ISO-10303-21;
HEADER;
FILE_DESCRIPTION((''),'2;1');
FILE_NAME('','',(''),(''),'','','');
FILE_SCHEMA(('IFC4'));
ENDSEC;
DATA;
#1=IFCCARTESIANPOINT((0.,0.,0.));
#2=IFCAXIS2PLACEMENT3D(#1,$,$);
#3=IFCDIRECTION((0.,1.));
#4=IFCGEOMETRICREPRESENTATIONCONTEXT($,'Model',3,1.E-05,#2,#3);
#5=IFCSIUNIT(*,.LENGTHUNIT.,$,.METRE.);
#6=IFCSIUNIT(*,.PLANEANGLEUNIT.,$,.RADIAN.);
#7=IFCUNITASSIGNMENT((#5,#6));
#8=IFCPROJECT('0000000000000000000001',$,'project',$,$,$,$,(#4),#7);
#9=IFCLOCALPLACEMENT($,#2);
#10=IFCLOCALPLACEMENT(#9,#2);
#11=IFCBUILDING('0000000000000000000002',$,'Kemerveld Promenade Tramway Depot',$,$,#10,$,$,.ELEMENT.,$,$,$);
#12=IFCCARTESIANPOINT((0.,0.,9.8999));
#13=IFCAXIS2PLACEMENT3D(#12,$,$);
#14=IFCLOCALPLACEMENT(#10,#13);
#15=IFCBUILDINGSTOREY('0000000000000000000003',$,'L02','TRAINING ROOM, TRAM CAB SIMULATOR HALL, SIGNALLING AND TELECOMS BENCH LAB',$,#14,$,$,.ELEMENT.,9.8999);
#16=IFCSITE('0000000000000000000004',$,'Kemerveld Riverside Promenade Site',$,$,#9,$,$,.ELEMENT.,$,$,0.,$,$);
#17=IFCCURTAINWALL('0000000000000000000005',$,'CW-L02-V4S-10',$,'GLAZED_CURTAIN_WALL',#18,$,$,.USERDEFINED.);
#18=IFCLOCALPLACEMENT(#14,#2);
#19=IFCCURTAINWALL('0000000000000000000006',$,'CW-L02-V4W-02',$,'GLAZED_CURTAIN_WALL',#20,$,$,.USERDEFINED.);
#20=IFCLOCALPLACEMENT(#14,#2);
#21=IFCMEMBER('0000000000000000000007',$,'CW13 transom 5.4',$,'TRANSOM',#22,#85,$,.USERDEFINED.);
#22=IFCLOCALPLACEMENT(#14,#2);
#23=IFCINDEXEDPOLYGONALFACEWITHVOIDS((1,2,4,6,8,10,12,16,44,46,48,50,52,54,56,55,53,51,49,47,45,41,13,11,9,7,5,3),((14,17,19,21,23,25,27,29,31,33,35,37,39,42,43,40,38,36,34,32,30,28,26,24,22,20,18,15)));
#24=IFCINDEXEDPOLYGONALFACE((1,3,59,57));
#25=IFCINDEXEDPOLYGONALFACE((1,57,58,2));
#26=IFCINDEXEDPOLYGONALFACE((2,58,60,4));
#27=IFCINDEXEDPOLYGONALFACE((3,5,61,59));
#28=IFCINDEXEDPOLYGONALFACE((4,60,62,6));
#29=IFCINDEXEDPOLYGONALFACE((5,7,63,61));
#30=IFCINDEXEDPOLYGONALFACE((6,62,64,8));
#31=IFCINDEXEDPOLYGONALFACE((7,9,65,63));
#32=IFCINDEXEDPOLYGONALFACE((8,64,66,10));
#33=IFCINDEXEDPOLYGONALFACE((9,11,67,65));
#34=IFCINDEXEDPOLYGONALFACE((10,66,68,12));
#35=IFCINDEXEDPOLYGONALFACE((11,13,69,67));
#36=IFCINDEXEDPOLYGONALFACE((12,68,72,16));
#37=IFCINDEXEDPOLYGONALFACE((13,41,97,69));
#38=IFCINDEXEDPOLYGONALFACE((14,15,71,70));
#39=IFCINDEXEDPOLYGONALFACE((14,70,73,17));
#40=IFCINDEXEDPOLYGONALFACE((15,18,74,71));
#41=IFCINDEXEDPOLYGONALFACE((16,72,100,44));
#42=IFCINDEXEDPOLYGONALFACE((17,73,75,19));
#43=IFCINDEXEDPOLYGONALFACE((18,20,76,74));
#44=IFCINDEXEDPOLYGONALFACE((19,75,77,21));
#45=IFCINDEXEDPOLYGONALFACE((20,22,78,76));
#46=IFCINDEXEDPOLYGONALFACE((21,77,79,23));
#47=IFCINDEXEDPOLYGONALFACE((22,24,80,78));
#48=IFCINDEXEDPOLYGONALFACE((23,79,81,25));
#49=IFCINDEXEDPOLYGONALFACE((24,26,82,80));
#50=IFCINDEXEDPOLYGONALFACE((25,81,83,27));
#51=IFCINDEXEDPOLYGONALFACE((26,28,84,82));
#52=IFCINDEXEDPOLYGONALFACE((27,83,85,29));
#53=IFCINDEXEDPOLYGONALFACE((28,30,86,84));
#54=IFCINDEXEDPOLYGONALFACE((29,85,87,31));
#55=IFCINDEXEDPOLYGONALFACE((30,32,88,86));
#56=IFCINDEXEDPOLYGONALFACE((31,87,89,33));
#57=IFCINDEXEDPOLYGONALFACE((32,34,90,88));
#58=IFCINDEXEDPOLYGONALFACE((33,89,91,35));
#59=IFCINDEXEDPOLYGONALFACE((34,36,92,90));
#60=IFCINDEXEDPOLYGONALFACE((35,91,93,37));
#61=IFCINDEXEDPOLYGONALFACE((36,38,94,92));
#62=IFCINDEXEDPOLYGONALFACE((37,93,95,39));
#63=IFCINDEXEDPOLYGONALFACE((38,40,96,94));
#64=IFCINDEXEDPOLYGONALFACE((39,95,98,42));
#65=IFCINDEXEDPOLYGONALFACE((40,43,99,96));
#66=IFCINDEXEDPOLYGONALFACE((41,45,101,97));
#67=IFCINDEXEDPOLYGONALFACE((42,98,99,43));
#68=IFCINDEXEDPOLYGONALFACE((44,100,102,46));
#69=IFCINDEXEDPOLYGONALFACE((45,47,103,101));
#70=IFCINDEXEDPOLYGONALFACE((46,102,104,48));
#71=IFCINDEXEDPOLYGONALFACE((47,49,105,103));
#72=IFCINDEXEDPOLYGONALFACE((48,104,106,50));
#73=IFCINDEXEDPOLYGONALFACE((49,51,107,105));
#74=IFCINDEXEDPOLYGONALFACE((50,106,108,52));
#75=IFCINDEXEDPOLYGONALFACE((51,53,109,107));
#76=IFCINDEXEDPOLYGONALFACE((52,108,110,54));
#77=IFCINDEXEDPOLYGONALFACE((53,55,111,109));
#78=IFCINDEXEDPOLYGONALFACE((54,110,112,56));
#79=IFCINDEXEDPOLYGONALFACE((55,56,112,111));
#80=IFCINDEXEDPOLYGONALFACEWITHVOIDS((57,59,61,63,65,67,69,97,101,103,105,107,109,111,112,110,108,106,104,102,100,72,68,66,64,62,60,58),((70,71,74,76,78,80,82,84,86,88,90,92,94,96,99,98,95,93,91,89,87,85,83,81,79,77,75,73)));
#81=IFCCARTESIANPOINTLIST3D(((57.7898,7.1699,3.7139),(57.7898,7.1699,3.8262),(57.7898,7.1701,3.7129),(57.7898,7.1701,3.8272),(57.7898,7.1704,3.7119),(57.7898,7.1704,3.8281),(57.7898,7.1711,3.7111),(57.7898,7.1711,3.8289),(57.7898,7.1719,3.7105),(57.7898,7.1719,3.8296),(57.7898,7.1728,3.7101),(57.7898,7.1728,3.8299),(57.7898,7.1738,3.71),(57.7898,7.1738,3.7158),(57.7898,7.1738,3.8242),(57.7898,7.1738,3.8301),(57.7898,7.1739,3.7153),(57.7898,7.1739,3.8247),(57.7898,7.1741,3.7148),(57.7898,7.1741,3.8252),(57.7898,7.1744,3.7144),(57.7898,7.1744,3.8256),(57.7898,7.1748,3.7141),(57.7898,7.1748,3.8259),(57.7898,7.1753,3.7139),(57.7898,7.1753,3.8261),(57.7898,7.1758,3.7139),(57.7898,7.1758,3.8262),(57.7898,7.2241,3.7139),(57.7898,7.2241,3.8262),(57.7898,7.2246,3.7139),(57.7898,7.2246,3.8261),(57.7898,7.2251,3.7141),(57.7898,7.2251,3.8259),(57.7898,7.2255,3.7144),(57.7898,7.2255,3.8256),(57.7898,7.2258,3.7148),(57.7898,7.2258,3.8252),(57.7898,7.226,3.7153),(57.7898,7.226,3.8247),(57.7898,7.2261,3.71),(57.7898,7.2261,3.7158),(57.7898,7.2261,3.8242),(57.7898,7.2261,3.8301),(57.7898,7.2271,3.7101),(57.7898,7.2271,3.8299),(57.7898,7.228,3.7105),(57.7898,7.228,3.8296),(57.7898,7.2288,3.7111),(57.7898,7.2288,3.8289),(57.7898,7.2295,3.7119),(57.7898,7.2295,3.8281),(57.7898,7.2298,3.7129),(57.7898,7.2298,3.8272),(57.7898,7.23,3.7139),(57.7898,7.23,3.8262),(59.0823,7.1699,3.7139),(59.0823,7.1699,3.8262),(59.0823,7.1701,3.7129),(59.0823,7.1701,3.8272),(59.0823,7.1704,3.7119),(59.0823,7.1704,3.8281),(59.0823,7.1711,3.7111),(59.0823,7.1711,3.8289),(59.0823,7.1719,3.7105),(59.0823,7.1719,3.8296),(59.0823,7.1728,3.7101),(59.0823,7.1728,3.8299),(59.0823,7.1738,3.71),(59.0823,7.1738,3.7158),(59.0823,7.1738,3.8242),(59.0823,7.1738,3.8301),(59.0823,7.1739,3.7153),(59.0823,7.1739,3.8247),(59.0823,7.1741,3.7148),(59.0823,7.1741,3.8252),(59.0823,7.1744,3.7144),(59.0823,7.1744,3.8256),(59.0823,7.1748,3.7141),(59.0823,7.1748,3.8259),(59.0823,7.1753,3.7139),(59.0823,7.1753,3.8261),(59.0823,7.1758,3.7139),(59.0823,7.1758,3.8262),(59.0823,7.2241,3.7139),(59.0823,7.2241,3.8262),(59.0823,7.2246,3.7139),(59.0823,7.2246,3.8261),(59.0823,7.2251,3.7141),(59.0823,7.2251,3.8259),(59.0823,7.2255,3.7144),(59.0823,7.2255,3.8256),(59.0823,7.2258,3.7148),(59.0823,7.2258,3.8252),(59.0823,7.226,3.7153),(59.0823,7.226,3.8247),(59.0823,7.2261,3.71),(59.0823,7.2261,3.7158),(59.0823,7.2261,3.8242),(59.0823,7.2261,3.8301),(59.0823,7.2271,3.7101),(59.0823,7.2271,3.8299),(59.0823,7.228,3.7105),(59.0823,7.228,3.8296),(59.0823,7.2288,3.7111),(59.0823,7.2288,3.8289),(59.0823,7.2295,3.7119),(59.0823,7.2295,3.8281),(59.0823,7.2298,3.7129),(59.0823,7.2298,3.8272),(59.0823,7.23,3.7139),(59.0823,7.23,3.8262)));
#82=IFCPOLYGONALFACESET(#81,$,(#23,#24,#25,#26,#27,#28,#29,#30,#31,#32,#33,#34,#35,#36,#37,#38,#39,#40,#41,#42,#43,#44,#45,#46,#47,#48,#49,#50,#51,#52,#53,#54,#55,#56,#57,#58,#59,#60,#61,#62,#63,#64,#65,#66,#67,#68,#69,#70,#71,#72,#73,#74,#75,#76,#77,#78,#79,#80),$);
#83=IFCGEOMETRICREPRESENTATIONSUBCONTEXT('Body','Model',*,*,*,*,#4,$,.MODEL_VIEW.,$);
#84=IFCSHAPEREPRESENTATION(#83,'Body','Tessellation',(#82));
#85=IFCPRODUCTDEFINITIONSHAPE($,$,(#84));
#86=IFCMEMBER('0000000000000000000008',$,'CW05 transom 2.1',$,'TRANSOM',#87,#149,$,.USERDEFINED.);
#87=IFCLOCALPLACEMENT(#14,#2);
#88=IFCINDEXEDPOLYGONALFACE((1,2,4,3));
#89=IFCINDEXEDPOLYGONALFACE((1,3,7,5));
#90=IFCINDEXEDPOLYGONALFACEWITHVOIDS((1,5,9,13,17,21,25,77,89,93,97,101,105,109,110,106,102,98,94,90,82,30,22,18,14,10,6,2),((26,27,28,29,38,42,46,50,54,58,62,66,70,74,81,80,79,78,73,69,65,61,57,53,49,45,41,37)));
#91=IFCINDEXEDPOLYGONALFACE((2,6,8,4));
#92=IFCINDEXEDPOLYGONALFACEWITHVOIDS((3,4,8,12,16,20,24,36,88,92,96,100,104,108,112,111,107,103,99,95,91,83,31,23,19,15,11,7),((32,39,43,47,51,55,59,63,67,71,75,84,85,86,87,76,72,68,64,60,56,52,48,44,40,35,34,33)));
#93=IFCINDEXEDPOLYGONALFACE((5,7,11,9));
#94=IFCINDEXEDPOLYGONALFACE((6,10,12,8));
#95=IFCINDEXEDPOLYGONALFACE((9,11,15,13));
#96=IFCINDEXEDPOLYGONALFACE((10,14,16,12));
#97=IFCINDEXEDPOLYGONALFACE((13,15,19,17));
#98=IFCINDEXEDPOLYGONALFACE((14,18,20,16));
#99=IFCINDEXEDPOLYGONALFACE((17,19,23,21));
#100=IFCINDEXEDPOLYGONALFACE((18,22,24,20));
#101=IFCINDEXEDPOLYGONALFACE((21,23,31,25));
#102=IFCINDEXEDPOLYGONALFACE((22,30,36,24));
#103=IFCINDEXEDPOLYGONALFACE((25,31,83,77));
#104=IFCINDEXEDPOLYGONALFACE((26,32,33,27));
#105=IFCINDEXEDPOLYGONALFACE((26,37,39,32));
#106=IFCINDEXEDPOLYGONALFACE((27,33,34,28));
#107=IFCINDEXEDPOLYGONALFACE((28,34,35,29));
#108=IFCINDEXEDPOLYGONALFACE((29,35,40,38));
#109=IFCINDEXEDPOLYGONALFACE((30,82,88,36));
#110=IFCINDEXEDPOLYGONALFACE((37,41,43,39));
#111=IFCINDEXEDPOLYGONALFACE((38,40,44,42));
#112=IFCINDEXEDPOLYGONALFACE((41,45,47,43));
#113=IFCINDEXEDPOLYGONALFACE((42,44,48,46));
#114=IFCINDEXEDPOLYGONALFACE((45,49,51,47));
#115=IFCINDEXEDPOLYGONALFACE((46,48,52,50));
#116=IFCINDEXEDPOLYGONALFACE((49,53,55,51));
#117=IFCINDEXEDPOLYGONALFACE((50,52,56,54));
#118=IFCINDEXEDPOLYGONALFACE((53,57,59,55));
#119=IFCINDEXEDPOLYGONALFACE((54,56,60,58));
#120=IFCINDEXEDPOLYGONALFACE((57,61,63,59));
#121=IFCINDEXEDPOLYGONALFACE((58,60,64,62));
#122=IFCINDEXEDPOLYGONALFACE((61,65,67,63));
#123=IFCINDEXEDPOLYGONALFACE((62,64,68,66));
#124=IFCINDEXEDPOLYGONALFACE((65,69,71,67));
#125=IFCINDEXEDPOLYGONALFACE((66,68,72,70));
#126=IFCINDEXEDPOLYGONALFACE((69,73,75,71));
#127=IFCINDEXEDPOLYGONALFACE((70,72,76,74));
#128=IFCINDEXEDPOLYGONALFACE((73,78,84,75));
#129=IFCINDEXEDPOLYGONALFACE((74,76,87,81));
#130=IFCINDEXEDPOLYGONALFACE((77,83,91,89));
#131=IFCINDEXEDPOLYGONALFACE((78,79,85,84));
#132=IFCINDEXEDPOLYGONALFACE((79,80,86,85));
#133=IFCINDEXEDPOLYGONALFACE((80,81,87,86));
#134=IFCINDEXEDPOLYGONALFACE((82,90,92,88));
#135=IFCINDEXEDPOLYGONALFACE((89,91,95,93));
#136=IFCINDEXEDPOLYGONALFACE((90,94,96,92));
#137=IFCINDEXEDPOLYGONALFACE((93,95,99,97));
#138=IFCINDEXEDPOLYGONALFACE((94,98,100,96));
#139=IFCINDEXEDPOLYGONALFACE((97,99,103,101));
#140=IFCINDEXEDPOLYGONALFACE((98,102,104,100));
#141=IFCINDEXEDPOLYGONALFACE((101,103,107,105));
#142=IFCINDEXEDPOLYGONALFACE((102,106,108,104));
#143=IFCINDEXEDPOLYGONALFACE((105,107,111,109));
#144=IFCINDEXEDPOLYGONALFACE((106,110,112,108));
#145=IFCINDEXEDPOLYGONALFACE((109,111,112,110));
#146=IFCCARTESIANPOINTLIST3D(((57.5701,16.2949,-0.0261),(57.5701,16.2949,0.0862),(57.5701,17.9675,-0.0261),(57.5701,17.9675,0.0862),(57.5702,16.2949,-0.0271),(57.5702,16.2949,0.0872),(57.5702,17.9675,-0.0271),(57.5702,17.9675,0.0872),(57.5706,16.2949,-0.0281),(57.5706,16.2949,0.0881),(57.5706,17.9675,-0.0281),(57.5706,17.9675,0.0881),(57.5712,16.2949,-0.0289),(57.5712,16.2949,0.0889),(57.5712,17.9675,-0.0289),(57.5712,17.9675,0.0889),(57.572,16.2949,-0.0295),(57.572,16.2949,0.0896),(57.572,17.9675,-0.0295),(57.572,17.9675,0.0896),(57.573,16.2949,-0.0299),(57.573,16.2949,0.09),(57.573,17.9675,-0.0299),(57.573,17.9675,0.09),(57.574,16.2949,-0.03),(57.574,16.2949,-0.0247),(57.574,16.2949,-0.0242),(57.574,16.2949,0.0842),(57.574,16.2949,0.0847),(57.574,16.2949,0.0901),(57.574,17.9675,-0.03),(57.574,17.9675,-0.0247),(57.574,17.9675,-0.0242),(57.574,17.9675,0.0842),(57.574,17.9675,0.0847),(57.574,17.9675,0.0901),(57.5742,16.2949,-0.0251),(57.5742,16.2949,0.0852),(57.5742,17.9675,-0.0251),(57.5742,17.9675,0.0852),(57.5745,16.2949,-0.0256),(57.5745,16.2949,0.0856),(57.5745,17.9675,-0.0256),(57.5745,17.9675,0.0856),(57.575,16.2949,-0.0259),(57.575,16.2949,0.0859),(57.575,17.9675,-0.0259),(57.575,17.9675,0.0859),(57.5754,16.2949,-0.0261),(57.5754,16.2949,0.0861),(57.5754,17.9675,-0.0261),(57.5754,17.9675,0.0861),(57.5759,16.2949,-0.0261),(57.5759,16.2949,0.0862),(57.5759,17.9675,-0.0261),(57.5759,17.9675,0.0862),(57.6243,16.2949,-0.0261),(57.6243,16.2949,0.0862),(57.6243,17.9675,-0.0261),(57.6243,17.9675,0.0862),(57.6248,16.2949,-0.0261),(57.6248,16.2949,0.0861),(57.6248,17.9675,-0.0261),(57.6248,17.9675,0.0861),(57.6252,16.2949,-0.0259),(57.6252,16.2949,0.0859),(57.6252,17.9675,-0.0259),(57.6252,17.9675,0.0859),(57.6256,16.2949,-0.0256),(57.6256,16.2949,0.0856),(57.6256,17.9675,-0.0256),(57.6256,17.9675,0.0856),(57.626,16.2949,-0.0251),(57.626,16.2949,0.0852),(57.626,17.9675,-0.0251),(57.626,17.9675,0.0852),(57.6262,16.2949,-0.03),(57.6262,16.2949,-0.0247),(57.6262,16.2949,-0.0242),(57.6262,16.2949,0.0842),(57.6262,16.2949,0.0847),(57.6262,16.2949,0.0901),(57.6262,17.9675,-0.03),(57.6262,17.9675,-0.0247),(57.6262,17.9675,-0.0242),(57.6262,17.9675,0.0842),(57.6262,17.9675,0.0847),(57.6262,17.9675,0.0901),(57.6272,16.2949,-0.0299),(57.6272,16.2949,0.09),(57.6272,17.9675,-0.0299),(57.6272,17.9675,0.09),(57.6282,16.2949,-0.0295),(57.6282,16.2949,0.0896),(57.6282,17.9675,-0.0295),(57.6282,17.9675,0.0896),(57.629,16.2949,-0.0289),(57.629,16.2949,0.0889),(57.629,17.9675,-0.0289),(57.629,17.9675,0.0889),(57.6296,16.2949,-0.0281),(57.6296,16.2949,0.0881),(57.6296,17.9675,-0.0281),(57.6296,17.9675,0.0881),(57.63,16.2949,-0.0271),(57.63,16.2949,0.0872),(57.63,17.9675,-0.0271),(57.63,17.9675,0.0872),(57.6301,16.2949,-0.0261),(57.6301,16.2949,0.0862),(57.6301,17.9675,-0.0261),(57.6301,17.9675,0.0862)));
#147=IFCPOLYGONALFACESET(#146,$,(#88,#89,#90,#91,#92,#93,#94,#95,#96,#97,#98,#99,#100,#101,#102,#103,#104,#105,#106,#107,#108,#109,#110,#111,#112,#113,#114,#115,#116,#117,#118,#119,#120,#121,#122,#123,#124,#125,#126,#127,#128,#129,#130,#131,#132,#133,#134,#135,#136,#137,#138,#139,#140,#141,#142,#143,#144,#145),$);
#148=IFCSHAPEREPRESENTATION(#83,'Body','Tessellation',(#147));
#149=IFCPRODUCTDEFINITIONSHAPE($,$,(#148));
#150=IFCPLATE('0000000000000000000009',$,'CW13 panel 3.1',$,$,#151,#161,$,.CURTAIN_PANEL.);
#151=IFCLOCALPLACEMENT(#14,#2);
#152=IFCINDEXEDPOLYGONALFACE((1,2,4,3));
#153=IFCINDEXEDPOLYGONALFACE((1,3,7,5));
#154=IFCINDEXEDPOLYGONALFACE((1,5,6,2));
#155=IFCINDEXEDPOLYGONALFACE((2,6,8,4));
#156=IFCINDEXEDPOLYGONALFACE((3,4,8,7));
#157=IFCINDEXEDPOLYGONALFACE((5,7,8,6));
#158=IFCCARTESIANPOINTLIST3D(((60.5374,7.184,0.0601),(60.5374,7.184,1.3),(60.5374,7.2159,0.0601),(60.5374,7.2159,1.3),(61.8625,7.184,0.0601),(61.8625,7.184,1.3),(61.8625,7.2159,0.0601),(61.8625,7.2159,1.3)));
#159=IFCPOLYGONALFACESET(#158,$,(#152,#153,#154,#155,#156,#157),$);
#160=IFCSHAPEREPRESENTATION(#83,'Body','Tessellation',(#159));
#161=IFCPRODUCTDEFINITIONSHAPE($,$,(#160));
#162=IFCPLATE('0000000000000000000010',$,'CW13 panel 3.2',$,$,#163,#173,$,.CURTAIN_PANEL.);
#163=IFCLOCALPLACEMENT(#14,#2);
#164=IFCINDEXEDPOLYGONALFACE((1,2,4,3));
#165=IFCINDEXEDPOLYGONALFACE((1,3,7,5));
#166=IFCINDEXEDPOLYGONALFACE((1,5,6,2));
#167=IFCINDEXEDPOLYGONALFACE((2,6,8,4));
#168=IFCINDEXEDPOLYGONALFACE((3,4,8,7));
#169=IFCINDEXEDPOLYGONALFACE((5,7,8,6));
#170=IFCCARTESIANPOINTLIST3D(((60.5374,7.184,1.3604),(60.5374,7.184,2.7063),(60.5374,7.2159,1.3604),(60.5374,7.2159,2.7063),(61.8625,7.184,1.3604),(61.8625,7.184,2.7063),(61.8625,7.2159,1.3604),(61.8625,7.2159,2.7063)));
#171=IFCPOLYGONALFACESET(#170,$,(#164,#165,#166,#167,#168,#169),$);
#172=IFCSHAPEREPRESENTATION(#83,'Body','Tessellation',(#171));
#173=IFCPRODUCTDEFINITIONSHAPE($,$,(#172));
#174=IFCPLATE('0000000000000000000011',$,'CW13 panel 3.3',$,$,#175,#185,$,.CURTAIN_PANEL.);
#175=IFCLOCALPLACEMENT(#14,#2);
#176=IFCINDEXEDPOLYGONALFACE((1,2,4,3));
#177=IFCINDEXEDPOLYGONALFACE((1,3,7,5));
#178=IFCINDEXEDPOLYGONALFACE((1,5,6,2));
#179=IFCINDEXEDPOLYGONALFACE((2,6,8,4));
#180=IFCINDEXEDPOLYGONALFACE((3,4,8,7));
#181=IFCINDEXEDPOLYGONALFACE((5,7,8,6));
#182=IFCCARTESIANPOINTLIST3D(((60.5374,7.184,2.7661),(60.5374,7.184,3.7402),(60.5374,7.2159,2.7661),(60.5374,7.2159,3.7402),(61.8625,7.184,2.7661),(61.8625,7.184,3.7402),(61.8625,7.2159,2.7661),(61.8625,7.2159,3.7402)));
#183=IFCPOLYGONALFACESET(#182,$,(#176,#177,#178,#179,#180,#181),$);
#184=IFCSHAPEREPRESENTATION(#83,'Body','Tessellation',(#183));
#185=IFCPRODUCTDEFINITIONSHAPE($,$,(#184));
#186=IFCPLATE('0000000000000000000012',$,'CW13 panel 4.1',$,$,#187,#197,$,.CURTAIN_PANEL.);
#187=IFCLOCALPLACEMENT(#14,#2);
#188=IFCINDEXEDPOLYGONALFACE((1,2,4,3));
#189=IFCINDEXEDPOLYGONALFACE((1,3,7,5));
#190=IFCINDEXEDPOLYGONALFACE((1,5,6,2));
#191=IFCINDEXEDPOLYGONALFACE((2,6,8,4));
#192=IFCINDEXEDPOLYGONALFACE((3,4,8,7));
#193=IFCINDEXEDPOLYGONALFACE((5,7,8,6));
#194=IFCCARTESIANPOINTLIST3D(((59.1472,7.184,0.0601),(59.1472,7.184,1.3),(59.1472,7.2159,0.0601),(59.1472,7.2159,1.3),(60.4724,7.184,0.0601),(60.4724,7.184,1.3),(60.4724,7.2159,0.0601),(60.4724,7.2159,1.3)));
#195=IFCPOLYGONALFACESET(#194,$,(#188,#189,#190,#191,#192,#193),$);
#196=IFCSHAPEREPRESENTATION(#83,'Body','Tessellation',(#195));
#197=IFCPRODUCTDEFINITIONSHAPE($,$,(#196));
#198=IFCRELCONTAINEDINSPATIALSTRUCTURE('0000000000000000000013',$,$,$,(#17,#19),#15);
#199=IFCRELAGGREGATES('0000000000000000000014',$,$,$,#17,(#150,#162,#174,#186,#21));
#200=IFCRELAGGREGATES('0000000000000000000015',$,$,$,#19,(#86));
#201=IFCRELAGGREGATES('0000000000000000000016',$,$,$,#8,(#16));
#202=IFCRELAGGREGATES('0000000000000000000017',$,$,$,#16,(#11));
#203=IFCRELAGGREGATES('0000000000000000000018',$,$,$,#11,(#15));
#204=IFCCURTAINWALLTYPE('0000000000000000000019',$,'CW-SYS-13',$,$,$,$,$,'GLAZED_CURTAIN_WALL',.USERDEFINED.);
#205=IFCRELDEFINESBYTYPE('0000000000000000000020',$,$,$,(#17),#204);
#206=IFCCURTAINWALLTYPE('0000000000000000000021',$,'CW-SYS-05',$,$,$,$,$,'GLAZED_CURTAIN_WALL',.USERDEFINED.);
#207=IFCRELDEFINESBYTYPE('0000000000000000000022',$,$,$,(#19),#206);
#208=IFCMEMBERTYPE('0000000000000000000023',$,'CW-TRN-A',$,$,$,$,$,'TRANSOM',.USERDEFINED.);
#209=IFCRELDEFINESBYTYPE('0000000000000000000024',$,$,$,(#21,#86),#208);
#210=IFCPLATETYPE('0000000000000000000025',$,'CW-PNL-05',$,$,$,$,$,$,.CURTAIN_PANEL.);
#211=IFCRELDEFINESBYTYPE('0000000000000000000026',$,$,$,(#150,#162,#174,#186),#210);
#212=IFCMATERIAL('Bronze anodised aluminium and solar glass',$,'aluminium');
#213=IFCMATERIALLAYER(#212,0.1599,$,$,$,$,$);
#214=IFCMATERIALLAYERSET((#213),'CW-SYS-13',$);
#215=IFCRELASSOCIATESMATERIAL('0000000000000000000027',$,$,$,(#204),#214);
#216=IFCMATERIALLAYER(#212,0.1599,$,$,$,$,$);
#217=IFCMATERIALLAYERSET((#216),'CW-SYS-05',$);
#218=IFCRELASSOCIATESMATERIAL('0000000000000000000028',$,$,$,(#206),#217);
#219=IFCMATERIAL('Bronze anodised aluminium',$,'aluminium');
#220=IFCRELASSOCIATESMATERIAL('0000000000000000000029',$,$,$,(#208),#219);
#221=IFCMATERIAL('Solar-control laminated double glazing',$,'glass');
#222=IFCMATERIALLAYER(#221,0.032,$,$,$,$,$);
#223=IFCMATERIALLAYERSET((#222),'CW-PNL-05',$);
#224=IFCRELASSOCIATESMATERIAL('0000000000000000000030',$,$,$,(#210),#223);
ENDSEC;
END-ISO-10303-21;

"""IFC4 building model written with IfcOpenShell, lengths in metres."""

from ifc_helpers import new_model, si_unit, direction, frame, origin, origin_2d, place, context, subcontext, project, spatial, rectangle, hollow_rectangle, extrude, material, layer, layer_set, material_profile, profile_set, type_object, element, aggregate, save


model = new_model("IFC4")

# Units and contexts
model_context = context("Model", 3, precision=1e-05, world=origin(), true_north=direction((0.0, 1.0)))
body_context = subcontext(model_context, "Body", "Model", "MODEL_VIEW")
ifc_project = project(units=[si_unit("LENGTHUNIT", "METRE"), si_unit("PLANEANGLEUNIT", "RADIAN")], contexts=[model_context])

# Site, building, storey
site_placement = place(None, origin())
site = spatial("IfcSite", under=ifc_project, at=site_placement, Name="Kemerveld Riverside Promenade Site", CompositionType="ELEMENT", RefElevation=0.0)
building_placement = place(site_placement, origin())
building = spatial("IfcBuilding", under=site, at=building_placement, Name="Kemerveld Promenade Tramway Depot", CompositionType="ELEMENT")
storey_placement = place(building_placement, frame((0.0, 0.0, 9.8999)))
storey = spatial("IfcBuildingStorey", under=building, at=storey_placement, Name="L02", Description="TRAINING ROOM, TRAM CAB SIMULATOR HALL, SIGNALLING AND TELECOMS BENCH LAB", CompositionType="ELEMENT", Elevation=9.8999)

# Curtain wall
ifc_material_1 = material(Name="Bronze anodised aluminium and solar glass", Category="aluminium")
ifc_layer_1 = layer(ifc_material_1, 0.1599)
ifc_layer_set_1 = layer_set([ifc_layer_1], Name="CW-SYS-13")
curtain_wall_type_1 = type_object("IfcCurtainWallType", Name="CW-SYS-13", ElementType="GLAZED_CURTAIN_WALL", PredefinedType="USERDEFINED", material=ifc_layer_set_1)
curtain_wall_1_placement = place(storey_placement, origin())
curtain_wall_1 = element("IfcCurtainWall", 1, at=curtain_wall_1_placement, inside=storey, type_object=curtain_wall_type_1, Name="CW-L02-V4S-10", ObjectType="GLAZED_CURTAIN_WALL", PredefinedType="USERDEFINED")
ifc_material_2 = material(Name="Bronze anodised aluminium", Category="aluminium")

# Curtain wall
ifc_layer_2 = layer(ifc_material_1, 0.1599)
ifc_layer_set_2 = layer_set([ifc_layer_2], Name="CW-SYS-05")
curtain_wall_type_2 = type_object("IfcCurtainWallType", Name="CW-SYS-05", ElementType="GLAZED_CURTAIN_WALL", PredefinedType="USERDEFINED", material=ifc_layer_set_2)
curtain_wall_2_placement = place(storey_placement, origin())
curtain_wall_2 = element("IfcCurtainWall", 2, at=curtain_wall_2_placement, inside=storey, type_object=curtain_wall_type_2, Name="CW-L02-V4W-02", ObjectType="GLAZED_CURTAIN_WALL", PredefinedType="USERDEFINED")

# Members
ifc_material_profile_1 = material_profile(ifc_material_2, hollow_rectangle(XDim=0.0601, YDim=0.1201, WallThickness=0.0039, InnerFilletRadius=0.002, OuterFilletRadius=0.0039, at=origin_2d()), Name="CW-TRN-120x60")
ifc_profile_set_1 = profile_set([ifc_material_profile_1], Name="Bronze anodised aluminium")
member_type_1 = type_object("IfcMemberType", Name="CW-TRN-A", ElementType="TRANSOM", PredefinedType="USERDEFINED", material=ifc_profile_set_1)
member_1_placement = place(storey_placement, frame((59.0823, 7.2, 3.77), z_axis=(-1.0, 0.0, 0.0), x_axis=(0.0, -1.0, 0.0)))
member_1 = element("IfcMember", 3, at=member_1_placement, type_object=member_type_1, Name="CW13 transom 5.4", ObjectType="TRANSOM", PredefinedType="USERDEFINED", context=body_context, shape_type="SweptSolid", body=[
    extrude(hollow_rectangle(XDim=0.0601, YDim=0.1201, WallThickness=0.0039, InnerFilletRadius=0.002, OuterFilletRadius=0.0039, at=origin_2d()), origin(), (0.0, 0.0, 1.0), 1.2925),
])
member_2_placement = place(storey_placement, frame((57.6001, 16.2949, 0.03), z_axis=(0.0, 1.0, 0.0), x_axis=(-1.0, 0.0, 0.0)))
member_2 = element("IfcMember", 4, at=member_2_placement, type_object=member_type_1, Name="CW05 transom 2.1", ObjectType="TRANSOM", PredefinedType="USERDEFINED", context=body_context, shape_type="SweptSolid", body=[
    extrude(hollow_rectangle(XDim=0.0601, YDim=0.1201, WallThickness=0.0039, InnerFilletRadius=0.002, OuterFilletRadius=0.0039, at=origin_2d()), origin(), (0.0, 0.0, 1.0), 1.6726),
])

# Plates
ifc_material_3 = material(Name="Solar-control laminated double glazing", Category="glass")
ifc_layer_3 = layer(ifc_material_3, 0.032)
ifc_layer_set_3 = layer_set([ifc_layer_3], Name="CW-PNL-05")
plate_type = type_object("IfcPlateType", Name="CW-PNL-05", PredefinedType="CURTAIN_PANEL", material=ifc_layer_set_3)
plate_1_placement = place(storey_placement, frame((61.2, 7.2, 0.0601), z_axis=(0.0, 0.0, 1.0), x_axis=(-1.0, 0.0, 0.0)))
plate_1 = element("IfcPlate", 5, at=plate_1_placement, type_object=plate_type, Name="CW13 panel 3.1", PredefinedType="CURTAIN_PANEL", context=body_context, shape_type="SweptSolid", body=[
    extrude(rectangle(XDim=1.3252, YDim=0.032, at=origin_2d()), origin(), (0.0, 0.0, 1.0), 1.24),
])
plate_2_placement = place(storey_placement, frame((61.2, 7.2, 1.3604), z_axis=(0.0, 0.0, 1.0), x_axis=(-1.0, 0.0, 0.0)))
plate_2 = element("IfcPlate", 6, at=plate_2_placement, type_object=plate_type, Name="CW13 panel 3.2", PredefinedType="CURTAIN_PANEL", context=body_context, shape_type="SweptSolid", body=[
    extrude(rectangle(XDim=1.3252, YDim=0.032, at=origin_2d()), origin(), (0.0, 0.0, 1.0), 1.3459),
])
plate_3_placement = place(storey_placement, frame((61.2, 7.2, 2.7661), z_axis=(0.0, 0.0, 1.0), x_axis=(-1.0, 0.0, 0.0)))
plate_3 = element("IfcPlate", 7, at=plate_3_placement, type_object=plate_type, Name="CW13 panel 3.3", PredefinedType="CURTAIN_PANEL", context=body_context, shape_type="SweptSolid", body=[
    extrude(rectangle(XDim=1.3252, YDim=0.032, at=origin_2d()), origin(), (0.0, 0.0, 1.0), 0.9741),
])
plate_4_placement = place(storey_placement, frame((59.8098, 7.2, 0.0601), z_axis=(0.0, 0.0, 1.0), x_axis=(-1.0, 0.0, 0.0)))
plate_4 = element("IfcPlate", 8, at=plate_4_placement, type_object=plate_type, Name="CW13 panel 4.1", PredefinedType="CURTAIN_PANEL", context=body_context, shape_type="SweptSolid", body=[
    extrude(rectangle(XDim=1.3252, YDim=0.032, at=origin_2d()), origin(), (0.0, 0.0, 1.0), 1.24),
])
aggregate(curtain_wall_1, [plate_1, plate_2, plate_3, plate_4, member_1])
aggregate(curtain_wall_2, [member_2])

save(model, "model.ifc")
